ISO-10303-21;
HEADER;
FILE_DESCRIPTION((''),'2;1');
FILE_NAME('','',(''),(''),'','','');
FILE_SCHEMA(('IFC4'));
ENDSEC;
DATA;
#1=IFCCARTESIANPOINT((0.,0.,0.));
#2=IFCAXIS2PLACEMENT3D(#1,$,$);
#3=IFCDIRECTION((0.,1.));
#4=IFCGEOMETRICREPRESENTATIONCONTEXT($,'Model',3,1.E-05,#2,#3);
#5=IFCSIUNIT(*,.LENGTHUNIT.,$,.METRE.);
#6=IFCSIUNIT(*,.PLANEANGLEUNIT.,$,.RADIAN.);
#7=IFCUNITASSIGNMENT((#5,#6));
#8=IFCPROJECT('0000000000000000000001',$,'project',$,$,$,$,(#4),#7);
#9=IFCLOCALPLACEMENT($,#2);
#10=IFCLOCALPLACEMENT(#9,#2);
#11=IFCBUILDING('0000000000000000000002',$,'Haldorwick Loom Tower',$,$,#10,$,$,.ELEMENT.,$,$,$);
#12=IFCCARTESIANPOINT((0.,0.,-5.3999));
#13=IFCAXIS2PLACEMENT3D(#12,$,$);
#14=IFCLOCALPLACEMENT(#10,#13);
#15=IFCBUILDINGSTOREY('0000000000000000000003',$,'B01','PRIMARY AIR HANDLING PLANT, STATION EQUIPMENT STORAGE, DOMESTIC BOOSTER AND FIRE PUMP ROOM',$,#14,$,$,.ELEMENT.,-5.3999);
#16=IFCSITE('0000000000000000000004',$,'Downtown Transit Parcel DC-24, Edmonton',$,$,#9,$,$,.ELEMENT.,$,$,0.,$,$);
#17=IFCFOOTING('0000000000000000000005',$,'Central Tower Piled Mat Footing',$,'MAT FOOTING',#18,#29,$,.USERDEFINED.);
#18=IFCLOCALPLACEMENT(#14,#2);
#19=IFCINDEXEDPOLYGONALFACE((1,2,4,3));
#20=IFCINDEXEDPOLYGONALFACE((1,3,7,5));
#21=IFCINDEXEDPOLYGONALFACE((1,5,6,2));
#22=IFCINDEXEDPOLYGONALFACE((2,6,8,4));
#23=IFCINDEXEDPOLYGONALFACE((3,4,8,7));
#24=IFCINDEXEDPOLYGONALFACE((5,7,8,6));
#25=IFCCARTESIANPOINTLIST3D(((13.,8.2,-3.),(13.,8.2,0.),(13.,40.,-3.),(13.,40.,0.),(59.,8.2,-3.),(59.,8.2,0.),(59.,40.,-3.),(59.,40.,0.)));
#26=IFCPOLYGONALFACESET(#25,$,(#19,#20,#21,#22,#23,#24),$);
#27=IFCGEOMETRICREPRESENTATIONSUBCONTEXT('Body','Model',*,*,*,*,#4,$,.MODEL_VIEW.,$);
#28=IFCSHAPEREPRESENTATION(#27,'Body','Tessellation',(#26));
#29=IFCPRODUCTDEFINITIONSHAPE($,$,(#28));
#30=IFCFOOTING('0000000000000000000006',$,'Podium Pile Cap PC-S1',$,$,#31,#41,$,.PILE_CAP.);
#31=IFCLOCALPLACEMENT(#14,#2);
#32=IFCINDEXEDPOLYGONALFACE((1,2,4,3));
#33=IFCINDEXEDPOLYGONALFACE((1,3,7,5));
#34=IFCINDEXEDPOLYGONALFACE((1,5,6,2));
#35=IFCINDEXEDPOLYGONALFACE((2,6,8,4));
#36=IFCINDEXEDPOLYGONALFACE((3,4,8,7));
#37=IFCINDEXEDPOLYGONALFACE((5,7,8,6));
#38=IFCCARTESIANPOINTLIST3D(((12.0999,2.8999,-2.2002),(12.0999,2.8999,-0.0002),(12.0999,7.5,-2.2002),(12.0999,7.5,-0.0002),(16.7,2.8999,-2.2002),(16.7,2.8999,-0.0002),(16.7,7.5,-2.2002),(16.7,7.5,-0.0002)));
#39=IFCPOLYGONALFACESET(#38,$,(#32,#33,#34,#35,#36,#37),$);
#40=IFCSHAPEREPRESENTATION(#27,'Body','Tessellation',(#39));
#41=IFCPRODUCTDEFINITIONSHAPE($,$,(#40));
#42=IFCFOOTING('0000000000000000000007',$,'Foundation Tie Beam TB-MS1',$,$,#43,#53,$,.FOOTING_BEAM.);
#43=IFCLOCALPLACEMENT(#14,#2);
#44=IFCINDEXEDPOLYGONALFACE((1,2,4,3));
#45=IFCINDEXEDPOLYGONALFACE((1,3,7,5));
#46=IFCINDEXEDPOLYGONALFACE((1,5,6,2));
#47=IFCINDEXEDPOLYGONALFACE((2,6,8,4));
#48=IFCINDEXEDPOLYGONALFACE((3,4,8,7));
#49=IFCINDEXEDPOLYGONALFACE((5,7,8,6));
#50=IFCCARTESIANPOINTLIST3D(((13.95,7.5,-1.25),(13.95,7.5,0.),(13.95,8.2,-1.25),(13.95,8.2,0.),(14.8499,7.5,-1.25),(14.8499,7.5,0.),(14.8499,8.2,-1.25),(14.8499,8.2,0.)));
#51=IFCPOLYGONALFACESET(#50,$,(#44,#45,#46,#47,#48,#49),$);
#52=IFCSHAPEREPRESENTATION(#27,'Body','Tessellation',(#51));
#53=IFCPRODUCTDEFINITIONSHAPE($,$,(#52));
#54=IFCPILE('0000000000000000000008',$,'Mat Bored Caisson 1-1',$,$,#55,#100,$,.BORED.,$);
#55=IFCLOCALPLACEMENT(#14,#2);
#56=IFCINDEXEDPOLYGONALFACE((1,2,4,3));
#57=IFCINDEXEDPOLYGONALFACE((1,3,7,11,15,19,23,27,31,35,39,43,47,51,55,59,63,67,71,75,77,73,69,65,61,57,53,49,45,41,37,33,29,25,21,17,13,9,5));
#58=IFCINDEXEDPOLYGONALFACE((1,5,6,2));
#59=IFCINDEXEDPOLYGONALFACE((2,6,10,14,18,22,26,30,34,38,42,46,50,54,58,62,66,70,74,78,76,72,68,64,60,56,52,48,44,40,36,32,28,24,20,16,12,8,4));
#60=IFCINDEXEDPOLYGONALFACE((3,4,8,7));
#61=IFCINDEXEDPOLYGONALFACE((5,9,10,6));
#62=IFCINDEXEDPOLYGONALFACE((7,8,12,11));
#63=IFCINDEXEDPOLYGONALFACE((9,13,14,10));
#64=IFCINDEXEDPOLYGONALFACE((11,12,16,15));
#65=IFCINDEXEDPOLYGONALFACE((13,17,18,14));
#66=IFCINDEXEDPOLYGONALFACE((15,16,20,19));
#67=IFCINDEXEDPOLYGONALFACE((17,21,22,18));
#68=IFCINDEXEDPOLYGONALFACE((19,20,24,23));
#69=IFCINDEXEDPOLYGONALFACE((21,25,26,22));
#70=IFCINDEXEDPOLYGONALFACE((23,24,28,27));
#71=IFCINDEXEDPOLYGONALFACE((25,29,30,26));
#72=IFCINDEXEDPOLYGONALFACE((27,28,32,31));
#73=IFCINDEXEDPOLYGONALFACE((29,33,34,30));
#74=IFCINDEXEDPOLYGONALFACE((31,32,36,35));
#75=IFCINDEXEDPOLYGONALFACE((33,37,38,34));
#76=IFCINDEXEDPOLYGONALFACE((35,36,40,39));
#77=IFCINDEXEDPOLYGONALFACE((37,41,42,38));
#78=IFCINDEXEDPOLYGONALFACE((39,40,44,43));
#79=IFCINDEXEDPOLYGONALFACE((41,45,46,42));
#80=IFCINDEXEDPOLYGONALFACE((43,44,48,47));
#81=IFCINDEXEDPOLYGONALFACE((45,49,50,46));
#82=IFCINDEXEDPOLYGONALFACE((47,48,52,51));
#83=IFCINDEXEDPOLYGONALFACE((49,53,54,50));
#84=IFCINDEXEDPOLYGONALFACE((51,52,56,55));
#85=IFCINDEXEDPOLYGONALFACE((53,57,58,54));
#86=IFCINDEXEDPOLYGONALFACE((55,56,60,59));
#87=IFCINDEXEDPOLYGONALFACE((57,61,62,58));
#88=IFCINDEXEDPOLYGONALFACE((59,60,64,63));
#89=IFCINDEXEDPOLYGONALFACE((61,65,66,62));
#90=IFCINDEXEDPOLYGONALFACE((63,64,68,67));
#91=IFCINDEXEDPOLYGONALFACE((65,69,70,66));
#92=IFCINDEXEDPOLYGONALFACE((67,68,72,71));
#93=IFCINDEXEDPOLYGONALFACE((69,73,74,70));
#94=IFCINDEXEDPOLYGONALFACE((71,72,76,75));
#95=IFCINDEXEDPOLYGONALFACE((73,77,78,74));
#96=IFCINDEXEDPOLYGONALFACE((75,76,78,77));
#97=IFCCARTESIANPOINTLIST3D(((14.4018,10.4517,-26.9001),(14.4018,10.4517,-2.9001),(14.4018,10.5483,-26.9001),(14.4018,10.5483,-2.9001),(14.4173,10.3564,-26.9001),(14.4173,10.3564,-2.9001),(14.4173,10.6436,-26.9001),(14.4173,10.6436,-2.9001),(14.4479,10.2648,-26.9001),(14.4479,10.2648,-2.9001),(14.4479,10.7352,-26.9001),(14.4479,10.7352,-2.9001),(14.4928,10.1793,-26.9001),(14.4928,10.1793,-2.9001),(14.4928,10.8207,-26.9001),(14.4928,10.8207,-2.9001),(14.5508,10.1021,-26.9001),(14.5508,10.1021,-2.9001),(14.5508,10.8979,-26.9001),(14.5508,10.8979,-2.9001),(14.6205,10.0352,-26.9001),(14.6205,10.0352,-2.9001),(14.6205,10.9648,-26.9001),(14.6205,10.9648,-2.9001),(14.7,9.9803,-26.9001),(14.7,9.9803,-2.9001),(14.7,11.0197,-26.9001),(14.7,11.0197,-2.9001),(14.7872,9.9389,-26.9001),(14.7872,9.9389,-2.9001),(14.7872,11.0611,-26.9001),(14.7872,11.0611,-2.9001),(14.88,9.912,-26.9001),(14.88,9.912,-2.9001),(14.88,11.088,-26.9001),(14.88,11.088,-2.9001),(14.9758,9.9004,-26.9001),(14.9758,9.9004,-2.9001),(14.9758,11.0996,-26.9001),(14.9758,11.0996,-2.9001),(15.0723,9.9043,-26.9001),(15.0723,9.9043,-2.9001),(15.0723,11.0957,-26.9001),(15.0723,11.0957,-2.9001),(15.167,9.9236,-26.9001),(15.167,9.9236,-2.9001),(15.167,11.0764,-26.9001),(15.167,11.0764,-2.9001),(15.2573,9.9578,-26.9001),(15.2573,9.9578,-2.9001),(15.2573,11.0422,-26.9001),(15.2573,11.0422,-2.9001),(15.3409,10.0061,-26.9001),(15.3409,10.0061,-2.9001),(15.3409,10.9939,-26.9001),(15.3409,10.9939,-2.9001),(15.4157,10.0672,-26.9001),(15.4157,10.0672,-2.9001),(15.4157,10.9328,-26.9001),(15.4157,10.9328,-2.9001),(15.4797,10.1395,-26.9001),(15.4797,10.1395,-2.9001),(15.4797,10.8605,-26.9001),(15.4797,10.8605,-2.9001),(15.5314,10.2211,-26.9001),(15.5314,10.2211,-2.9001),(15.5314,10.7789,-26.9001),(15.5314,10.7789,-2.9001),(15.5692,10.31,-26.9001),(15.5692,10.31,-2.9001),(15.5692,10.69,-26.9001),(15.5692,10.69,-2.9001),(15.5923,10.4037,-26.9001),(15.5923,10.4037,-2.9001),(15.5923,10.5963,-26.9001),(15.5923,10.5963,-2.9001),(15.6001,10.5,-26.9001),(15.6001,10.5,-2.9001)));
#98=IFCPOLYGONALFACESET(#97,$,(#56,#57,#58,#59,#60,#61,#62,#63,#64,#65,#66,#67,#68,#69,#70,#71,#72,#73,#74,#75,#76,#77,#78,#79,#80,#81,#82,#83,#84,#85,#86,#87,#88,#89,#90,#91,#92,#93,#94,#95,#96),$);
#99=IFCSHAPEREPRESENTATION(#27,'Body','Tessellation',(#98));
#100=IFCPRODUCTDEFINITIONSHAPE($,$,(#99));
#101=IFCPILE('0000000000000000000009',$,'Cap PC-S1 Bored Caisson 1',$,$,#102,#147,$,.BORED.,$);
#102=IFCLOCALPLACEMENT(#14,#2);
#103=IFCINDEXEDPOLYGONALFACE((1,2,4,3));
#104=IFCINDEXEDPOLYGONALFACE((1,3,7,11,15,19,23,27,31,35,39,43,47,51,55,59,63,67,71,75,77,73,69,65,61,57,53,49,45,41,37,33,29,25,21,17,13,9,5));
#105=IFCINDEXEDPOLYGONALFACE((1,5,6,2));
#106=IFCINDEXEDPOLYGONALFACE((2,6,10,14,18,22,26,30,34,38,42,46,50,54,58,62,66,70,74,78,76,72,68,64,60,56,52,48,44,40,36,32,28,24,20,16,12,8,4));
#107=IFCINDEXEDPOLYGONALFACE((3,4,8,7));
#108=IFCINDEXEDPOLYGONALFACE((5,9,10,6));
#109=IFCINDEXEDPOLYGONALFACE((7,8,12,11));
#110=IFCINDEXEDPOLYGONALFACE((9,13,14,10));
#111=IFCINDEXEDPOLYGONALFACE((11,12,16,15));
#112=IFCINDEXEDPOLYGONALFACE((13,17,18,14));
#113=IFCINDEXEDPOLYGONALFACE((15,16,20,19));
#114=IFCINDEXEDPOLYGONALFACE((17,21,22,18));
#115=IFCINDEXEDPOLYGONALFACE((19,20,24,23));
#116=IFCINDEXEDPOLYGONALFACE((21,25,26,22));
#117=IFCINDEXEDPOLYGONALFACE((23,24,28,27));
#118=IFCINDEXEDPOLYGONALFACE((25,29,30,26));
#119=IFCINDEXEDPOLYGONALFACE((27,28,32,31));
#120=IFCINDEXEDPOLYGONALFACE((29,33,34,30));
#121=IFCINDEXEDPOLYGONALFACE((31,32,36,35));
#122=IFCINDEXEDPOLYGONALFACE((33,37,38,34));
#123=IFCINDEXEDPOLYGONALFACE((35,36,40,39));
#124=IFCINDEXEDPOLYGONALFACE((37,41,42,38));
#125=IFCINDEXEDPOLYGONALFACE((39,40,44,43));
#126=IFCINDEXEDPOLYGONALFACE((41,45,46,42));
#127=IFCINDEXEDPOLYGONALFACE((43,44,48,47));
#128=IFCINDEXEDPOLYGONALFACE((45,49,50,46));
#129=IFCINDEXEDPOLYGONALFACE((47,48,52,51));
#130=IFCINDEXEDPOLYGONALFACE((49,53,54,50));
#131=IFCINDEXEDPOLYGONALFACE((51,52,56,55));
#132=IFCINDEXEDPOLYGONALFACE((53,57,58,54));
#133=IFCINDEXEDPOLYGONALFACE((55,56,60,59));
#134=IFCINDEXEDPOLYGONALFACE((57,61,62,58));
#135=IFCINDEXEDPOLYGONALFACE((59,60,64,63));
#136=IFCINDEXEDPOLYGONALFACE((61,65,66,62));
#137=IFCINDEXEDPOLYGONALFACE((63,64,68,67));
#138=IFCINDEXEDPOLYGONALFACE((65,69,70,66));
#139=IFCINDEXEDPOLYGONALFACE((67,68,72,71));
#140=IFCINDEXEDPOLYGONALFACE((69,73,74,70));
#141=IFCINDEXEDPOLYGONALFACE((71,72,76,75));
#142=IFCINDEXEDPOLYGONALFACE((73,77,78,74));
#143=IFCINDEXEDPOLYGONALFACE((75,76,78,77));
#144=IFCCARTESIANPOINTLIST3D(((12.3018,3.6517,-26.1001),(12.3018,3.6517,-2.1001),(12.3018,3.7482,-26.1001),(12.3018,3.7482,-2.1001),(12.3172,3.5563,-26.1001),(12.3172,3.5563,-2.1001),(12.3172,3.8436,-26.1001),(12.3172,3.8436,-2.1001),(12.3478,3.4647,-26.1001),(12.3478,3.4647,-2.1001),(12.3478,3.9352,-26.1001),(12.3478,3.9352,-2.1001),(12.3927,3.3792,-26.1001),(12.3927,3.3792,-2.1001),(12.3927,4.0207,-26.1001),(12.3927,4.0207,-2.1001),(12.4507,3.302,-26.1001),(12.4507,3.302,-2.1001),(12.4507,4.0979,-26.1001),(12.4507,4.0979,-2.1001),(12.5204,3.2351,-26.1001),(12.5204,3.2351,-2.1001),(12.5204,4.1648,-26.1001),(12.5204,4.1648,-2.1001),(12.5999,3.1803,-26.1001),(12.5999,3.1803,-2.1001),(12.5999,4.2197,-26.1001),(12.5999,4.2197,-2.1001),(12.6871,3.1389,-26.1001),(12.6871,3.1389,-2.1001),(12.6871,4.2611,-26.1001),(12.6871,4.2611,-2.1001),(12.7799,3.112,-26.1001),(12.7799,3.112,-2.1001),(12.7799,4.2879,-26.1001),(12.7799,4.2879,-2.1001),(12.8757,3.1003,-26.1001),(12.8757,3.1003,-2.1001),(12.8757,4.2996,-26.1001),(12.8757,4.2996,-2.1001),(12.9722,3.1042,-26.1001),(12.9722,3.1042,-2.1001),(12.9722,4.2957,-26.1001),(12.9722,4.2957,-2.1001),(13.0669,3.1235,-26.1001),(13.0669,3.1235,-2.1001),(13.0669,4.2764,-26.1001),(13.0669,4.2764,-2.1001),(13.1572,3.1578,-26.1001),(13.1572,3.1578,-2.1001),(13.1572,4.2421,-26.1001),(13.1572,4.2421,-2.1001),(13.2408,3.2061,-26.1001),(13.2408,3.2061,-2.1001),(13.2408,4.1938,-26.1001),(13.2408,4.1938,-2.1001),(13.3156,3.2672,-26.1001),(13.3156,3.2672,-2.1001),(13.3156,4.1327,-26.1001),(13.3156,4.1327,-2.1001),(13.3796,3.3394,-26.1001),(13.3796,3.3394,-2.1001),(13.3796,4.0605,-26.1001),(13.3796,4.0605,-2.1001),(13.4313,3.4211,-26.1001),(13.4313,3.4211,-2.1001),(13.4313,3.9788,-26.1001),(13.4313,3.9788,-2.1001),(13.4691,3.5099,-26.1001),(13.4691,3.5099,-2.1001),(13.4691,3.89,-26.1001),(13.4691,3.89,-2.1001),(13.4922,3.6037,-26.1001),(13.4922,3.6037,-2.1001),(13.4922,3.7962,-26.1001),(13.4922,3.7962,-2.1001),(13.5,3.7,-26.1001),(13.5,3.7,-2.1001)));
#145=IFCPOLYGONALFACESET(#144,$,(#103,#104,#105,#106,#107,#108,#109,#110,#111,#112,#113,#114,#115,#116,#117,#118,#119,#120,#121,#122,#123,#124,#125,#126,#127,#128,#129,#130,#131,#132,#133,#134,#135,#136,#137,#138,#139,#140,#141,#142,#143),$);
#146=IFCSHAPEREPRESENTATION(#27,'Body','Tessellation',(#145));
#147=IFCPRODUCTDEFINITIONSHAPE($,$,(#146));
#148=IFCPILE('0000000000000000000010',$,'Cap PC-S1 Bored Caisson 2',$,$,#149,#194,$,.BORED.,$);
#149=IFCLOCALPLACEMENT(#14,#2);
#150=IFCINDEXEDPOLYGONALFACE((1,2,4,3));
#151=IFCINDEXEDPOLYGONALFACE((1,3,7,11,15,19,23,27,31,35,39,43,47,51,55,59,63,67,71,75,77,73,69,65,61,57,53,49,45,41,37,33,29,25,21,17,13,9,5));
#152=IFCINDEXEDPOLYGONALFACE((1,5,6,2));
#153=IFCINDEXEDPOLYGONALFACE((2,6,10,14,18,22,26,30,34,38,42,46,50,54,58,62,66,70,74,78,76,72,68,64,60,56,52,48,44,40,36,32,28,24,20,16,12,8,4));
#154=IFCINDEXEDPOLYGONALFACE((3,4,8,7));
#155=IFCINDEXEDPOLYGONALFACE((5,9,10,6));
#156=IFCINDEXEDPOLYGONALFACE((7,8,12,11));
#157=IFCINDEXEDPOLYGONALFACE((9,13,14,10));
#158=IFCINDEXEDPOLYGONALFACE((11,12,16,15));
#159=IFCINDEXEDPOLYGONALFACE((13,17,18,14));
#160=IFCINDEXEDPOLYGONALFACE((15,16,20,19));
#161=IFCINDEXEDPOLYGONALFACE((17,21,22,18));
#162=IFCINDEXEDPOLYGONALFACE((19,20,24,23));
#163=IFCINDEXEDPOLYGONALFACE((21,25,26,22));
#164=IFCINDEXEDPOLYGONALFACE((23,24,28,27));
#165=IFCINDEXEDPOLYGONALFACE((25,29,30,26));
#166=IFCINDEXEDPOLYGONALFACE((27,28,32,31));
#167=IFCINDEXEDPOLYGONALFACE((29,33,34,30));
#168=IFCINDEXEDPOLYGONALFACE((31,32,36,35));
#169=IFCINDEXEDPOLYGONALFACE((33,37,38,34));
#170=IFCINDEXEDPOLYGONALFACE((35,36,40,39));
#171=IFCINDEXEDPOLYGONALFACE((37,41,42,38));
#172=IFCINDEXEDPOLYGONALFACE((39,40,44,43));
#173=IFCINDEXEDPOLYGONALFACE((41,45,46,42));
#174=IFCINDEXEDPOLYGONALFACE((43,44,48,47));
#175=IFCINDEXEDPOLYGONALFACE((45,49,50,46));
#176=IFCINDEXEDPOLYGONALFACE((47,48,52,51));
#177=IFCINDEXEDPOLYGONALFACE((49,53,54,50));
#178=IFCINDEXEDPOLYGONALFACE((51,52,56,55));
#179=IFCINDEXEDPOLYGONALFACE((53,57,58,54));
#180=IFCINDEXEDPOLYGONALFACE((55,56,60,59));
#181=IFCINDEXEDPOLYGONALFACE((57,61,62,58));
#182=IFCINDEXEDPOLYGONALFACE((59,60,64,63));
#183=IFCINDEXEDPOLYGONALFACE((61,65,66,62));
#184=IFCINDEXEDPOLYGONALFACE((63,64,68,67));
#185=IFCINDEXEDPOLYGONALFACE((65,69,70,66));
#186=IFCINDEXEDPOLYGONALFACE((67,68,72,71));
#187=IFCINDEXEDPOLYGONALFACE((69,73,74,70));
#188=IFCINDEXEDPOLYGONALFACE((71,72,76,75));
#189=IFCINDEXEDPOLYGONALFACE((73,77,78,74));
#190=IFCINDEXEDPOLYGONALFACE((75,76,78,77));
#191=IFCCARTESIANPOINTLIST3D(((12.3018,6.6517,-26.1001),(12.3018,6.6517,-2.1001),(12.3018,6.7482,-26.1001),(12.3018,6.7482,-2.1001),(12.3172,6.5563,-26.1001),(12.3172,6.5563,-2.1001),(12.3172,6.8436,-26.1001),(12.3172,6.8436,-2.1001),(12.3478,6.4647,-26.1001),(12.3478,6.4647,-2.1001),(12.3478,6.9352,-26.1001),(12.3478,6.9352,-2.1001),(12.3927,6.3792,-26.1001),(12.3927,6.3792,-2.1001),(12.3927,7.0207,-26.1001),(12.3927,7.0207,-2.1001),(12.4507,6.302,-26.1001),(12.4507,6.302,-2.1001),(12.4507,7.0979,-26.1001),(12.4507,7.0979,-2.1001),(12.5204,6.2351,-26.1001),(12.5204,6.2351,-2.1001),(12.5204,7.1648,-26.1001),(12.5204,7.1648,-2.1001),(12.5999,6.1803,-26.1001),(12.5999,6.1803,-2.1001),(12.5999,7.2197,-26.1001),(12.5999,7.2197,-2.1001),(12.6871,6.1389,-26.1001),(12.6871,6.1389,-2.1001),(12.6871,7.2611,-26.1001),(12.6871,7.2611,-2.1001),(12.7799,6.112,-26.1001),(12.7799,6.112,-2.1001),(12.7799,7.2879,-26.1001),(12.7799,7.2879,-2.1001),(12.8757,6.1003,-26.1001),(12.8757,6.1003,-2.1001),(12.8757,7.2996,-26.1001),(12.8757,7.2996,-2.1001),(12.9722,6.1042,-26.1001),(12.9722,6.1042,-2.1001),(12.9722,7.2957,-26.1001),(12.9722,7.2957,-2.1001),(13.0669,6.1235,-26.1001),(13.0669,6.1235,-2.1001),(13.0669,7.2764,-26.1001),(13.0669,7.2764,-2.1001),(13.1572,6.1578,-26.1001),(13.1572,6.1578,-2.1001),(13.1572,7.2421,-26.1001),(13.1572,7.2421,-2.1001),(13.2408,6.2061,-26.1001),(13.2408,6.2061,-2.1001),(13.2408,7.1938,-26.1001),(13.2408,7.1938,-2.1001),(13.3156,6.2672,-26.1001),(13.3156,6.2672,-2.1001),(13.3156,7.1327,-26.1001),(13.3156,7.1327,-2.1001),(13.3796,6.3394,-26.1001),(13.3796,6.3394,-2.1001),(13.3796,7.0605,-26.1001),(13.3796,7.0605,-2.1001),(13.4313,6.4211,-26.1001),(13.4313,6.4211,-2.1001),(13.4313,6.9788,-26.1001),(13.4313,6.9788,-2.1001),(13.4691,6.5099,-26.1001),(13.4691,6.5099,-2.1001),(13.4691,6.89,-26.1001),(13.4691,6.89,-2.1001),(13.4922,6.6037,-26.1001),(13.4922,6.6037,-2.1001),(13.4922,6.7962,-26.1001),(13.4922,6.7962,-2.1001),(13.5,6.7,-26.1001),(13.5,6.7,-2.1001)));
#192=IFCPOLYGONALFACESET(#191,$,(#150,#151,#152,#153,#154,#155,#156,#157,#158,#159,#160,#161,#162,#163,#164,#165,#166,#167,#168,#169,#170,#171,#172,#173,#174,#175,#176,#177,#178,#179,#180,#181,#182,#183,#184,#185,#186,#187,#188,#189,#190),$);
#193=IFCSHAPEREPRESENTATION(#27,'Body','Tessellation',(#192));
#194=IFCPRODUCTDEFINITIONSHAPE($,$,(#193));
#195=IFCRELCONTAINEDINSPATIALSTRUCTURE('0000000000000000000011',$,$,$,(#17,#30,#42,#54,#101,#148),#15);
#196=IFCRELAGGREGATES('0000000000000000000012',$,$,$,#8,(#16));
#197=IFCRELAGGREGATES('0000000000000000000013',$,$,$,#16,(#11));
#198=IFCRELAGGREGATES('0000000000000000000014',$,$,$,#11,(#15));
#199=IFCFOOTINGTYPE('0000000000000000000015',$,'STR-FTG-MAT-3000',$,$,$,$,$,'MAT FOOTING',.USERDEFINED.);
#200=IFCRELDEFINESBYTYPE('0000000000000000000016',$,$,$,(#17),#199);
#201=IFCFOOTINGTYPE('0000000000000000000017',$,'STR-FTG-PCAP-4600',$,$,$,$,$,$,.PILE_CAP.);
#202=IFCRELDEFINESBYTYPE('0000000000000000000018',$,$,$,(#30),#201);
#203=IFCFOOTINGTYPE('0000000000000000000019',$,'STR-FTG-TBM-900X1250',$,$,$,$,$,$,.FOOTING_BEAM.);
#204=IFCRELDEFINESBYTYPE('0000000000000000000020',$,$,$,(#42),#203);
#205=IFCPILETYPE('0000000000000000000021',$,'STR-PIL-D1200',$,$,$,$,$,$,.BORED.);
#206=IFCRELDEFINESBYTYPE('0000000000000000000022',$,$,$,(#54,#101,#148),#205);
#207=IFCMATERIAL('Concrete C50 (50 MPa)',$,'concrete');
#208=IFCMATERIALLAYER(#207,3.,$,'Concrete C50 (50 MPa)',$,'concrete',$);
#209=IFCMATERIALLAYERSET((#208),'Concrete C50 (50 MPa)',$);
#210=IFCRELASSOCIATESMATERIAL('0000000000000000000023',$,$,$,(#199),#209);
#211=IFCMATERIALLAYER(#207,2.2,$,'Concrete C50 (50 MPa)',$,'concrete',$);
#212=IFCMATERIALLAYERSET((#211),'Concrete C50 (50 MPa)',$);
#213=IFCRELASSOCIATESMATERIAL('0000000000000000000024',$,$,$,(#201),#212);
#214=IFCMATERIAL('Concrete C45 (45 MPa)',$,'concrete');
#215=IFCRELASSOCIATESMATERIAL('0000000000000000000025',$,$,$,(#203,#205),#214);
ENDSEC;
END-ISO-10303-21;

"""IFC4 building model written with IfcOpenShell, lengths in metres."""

from ifc_helpers import new_model, si_unit, direction, frame, origin, origin_2d, place, context, subcontext, project, spatial, polyline, rectangle, circle, outline, extrude, material, layer, layer_set, material_profile, profile_set, type_object, element, save


model = new_model("IFC4")

# Units and contexts
model_context = context("Model", 3, precision=1e-05, world=origin(), true_north=direction((0.0, 1.0)))
body_context = subcontext(model_context, "Body", "Model", "MODEL_VIEW")
ifc_project = project(units=[si_unit("LENGTHUNIT", "METRE"), si_unit("PLANEANGLEUNIT", "RADIAN")], contexts=[model_context])

# Site, building, storey
site_placement = place(None, origin())
site = spatial("IfcSite", under=ifc_project, at=site_placement, Name="Downtown Transit Parcel DC-24, Edmonton", CompositionType="ELEMENT", RefElevation=0.0)
building_placement = place(site_placement, origin())
building = spatial("IfcBuilding", under=site, at=building_placement, Name="Haldorwick Loom Tower", CompositionType="ELEMENT")
storey_placement = place(building_placement, frame((0.0, 0.0, -5.3999)))
storey = spatial("IfcBuildingStorey", under=building, at=storey_placement, Name="B01", Description="PRIMARY AIR HANDLING PLANT, STATION EQUIPMENT STORAGE, DOMESTIC BOOSTER AND FIRE PUMP ROOM", CompositionType="ELEMENT", Elevation=-5.3999)

# Footings
ifc_material_1 = material(Name="Concrete C50 (50 MPa)", Category="concrete")
ifc_layer_1 = layer(ifc_material_1, 3.0, Name="Concrete C50 (50 MPa)", Category="concrete")
ifc_layer_set_1 = layer_set([ifc_layer_1], Name="Concrete C50 (50 MPa)")
footing_type_1 = type_object("IfcFootingType", Name="STR-FTG-MAT-3000", ElementType="MAT FOOTING", PredefinedType="USERDEFINED", material=ifc_layer_set_1)
footing_1_placement = place(storey_placement, frame((0.0, 0.0, -3.0)))
element("IfcFooting", 1, at=footing_1_placement, inside=storey, type_object=footing_type_1, Name="Central Tower Piled Mat Footing", ObjectType="MAT FOOTING", PredefinedType="USERDEFINED", context=body_context, shape_type="SweptSolid", body=[
    extrude(outline(polyline([(13.0, 8.2), (59.0, 8.2), (59.0, 40.0), (13.0, 40.0), (13.0, 8.2)])), origin(), (0.0, 0.0, 1.0), 3.0),
])
ifc_layer_2 = layer(ifc_material_1, 2.2, Name="Concrete C50 (50 MPa)", Category="concrete")
ifc_layer_set_2 = layer_set([ifc_layer_2], Name="Concrete C50 (50 MPa)")
footing_type_2 = type_object("IfcFootingType", Name="STR-FTG-PCAP-4600", PredefinedType="PILE_CAP", material=ifc_layer_set_2)
footing_2_placement = place(storey_placement, frame((14.3999, 5.2, -2.2002), z_axis=(0.0, 0.0, 1.0), x_axis=(1.0, 0.0, 0.0)))
element("IfcFooting", 2, at=footing_2_placement, inside=storey, type_object=footing_type_2, Name="Podium Pile Cap PC-S1", PredefinedType="PILE_CAP", context=body_context, shape_type="SweptSolid", body=[
    extrude(rectangle(XDim=4.6001, YDim=4.6001, at=origin_2d()), origin(), (0.0, 0.0, 1.0), 2.2),
])
ifc_material_2 = material(Name="Concrete C45 (45 MPa)", Category="concrete")
ifc_material_profile_1 = material_profile(ifc_material_2, rectangle(XDim=0.8999, YDim=1.25, at=origin_2d()), Name="RC900X1250", Category="concrete")
ifc_profile_set_1 = profile_set([ifc_material_profile_1], Name="Concrete C45 (45 MPa)")
footing_type_3 = type_object("IfcFootingType", Name="STR-FTG-TBM-900X1250", PredefinedType="FOOTING_BEAM", material=ifc_profile_set_1)
footing_3_placement = place(storey_placement, frame((14.3999, 7.5, -0.625), z_axis=(0.0, 1.0, 0.0), x_axis=(-1.0, 0.0, 0.0)))
element("IfcFooting", 3, at=footing_3_placement, inside=storey, type_object=footing_type_3, Name="Foundation Tie Beam TB-MS1", PredefinedType="FOOTING_BEAM", context=body_context, shape_type="SweptSolid", body=[
    extrude(rectangle(XDim=0.8999, YDim=1.25, at=origin_2d()), origin(), (0.0, 0.0, 1.0), 0.7),
])

# Piles
ifc_material_profile_2 = material_profile(ifc_material_2, circle(Radius=0.6001, at=origin_2d()), Name="CAISSON_D1200", Category="concrete")
ifc_profile_set_2 = profile_set([ifc_material_profile_2], Name="Concrete C45 (45 MPa)")
pile_type = type_object("IfcPileType", Name="STR-PIL-D1200", PredefinedType="BORED", material=ifc_profile_set_2)
for number, where, z_axis, x_axis, name in (
    (4, (15.0, 10.5, -2.9001), (0.0, 0.0, -1.0), (1.0, 0.0, 0.0), "Mat Bored Caisson 1-1"),
    (5, (12.8999, 3.7, -2.1001), (0.0, 0.0, -1.0), (1.0, 0.0, 0.0), "Cap PC-S1 Bored Caisson 1"),
    (6, (12.8999, 6.7, -2.1001), (0.0, 0.0, -1.0), (1.0, 0.0, 0.0), "Cap PC-S1 Bored Caisson 2"),
):
    element("IfcPile", number, at=place(storey_placement, frame(where, z_axis=z_axis, x_axis=x_axis)), inside=storey, type_object=pile_type, Name=name, PredefinedType="BORED", context=body_context, shape_type="SweptSolid", body=[
        extrude(circle(Radius=0.6001, at=origin_2d()), origin(), (0.0, 0.0, 1.0), 24.0),
    ])

save(model, "model.ifc")
